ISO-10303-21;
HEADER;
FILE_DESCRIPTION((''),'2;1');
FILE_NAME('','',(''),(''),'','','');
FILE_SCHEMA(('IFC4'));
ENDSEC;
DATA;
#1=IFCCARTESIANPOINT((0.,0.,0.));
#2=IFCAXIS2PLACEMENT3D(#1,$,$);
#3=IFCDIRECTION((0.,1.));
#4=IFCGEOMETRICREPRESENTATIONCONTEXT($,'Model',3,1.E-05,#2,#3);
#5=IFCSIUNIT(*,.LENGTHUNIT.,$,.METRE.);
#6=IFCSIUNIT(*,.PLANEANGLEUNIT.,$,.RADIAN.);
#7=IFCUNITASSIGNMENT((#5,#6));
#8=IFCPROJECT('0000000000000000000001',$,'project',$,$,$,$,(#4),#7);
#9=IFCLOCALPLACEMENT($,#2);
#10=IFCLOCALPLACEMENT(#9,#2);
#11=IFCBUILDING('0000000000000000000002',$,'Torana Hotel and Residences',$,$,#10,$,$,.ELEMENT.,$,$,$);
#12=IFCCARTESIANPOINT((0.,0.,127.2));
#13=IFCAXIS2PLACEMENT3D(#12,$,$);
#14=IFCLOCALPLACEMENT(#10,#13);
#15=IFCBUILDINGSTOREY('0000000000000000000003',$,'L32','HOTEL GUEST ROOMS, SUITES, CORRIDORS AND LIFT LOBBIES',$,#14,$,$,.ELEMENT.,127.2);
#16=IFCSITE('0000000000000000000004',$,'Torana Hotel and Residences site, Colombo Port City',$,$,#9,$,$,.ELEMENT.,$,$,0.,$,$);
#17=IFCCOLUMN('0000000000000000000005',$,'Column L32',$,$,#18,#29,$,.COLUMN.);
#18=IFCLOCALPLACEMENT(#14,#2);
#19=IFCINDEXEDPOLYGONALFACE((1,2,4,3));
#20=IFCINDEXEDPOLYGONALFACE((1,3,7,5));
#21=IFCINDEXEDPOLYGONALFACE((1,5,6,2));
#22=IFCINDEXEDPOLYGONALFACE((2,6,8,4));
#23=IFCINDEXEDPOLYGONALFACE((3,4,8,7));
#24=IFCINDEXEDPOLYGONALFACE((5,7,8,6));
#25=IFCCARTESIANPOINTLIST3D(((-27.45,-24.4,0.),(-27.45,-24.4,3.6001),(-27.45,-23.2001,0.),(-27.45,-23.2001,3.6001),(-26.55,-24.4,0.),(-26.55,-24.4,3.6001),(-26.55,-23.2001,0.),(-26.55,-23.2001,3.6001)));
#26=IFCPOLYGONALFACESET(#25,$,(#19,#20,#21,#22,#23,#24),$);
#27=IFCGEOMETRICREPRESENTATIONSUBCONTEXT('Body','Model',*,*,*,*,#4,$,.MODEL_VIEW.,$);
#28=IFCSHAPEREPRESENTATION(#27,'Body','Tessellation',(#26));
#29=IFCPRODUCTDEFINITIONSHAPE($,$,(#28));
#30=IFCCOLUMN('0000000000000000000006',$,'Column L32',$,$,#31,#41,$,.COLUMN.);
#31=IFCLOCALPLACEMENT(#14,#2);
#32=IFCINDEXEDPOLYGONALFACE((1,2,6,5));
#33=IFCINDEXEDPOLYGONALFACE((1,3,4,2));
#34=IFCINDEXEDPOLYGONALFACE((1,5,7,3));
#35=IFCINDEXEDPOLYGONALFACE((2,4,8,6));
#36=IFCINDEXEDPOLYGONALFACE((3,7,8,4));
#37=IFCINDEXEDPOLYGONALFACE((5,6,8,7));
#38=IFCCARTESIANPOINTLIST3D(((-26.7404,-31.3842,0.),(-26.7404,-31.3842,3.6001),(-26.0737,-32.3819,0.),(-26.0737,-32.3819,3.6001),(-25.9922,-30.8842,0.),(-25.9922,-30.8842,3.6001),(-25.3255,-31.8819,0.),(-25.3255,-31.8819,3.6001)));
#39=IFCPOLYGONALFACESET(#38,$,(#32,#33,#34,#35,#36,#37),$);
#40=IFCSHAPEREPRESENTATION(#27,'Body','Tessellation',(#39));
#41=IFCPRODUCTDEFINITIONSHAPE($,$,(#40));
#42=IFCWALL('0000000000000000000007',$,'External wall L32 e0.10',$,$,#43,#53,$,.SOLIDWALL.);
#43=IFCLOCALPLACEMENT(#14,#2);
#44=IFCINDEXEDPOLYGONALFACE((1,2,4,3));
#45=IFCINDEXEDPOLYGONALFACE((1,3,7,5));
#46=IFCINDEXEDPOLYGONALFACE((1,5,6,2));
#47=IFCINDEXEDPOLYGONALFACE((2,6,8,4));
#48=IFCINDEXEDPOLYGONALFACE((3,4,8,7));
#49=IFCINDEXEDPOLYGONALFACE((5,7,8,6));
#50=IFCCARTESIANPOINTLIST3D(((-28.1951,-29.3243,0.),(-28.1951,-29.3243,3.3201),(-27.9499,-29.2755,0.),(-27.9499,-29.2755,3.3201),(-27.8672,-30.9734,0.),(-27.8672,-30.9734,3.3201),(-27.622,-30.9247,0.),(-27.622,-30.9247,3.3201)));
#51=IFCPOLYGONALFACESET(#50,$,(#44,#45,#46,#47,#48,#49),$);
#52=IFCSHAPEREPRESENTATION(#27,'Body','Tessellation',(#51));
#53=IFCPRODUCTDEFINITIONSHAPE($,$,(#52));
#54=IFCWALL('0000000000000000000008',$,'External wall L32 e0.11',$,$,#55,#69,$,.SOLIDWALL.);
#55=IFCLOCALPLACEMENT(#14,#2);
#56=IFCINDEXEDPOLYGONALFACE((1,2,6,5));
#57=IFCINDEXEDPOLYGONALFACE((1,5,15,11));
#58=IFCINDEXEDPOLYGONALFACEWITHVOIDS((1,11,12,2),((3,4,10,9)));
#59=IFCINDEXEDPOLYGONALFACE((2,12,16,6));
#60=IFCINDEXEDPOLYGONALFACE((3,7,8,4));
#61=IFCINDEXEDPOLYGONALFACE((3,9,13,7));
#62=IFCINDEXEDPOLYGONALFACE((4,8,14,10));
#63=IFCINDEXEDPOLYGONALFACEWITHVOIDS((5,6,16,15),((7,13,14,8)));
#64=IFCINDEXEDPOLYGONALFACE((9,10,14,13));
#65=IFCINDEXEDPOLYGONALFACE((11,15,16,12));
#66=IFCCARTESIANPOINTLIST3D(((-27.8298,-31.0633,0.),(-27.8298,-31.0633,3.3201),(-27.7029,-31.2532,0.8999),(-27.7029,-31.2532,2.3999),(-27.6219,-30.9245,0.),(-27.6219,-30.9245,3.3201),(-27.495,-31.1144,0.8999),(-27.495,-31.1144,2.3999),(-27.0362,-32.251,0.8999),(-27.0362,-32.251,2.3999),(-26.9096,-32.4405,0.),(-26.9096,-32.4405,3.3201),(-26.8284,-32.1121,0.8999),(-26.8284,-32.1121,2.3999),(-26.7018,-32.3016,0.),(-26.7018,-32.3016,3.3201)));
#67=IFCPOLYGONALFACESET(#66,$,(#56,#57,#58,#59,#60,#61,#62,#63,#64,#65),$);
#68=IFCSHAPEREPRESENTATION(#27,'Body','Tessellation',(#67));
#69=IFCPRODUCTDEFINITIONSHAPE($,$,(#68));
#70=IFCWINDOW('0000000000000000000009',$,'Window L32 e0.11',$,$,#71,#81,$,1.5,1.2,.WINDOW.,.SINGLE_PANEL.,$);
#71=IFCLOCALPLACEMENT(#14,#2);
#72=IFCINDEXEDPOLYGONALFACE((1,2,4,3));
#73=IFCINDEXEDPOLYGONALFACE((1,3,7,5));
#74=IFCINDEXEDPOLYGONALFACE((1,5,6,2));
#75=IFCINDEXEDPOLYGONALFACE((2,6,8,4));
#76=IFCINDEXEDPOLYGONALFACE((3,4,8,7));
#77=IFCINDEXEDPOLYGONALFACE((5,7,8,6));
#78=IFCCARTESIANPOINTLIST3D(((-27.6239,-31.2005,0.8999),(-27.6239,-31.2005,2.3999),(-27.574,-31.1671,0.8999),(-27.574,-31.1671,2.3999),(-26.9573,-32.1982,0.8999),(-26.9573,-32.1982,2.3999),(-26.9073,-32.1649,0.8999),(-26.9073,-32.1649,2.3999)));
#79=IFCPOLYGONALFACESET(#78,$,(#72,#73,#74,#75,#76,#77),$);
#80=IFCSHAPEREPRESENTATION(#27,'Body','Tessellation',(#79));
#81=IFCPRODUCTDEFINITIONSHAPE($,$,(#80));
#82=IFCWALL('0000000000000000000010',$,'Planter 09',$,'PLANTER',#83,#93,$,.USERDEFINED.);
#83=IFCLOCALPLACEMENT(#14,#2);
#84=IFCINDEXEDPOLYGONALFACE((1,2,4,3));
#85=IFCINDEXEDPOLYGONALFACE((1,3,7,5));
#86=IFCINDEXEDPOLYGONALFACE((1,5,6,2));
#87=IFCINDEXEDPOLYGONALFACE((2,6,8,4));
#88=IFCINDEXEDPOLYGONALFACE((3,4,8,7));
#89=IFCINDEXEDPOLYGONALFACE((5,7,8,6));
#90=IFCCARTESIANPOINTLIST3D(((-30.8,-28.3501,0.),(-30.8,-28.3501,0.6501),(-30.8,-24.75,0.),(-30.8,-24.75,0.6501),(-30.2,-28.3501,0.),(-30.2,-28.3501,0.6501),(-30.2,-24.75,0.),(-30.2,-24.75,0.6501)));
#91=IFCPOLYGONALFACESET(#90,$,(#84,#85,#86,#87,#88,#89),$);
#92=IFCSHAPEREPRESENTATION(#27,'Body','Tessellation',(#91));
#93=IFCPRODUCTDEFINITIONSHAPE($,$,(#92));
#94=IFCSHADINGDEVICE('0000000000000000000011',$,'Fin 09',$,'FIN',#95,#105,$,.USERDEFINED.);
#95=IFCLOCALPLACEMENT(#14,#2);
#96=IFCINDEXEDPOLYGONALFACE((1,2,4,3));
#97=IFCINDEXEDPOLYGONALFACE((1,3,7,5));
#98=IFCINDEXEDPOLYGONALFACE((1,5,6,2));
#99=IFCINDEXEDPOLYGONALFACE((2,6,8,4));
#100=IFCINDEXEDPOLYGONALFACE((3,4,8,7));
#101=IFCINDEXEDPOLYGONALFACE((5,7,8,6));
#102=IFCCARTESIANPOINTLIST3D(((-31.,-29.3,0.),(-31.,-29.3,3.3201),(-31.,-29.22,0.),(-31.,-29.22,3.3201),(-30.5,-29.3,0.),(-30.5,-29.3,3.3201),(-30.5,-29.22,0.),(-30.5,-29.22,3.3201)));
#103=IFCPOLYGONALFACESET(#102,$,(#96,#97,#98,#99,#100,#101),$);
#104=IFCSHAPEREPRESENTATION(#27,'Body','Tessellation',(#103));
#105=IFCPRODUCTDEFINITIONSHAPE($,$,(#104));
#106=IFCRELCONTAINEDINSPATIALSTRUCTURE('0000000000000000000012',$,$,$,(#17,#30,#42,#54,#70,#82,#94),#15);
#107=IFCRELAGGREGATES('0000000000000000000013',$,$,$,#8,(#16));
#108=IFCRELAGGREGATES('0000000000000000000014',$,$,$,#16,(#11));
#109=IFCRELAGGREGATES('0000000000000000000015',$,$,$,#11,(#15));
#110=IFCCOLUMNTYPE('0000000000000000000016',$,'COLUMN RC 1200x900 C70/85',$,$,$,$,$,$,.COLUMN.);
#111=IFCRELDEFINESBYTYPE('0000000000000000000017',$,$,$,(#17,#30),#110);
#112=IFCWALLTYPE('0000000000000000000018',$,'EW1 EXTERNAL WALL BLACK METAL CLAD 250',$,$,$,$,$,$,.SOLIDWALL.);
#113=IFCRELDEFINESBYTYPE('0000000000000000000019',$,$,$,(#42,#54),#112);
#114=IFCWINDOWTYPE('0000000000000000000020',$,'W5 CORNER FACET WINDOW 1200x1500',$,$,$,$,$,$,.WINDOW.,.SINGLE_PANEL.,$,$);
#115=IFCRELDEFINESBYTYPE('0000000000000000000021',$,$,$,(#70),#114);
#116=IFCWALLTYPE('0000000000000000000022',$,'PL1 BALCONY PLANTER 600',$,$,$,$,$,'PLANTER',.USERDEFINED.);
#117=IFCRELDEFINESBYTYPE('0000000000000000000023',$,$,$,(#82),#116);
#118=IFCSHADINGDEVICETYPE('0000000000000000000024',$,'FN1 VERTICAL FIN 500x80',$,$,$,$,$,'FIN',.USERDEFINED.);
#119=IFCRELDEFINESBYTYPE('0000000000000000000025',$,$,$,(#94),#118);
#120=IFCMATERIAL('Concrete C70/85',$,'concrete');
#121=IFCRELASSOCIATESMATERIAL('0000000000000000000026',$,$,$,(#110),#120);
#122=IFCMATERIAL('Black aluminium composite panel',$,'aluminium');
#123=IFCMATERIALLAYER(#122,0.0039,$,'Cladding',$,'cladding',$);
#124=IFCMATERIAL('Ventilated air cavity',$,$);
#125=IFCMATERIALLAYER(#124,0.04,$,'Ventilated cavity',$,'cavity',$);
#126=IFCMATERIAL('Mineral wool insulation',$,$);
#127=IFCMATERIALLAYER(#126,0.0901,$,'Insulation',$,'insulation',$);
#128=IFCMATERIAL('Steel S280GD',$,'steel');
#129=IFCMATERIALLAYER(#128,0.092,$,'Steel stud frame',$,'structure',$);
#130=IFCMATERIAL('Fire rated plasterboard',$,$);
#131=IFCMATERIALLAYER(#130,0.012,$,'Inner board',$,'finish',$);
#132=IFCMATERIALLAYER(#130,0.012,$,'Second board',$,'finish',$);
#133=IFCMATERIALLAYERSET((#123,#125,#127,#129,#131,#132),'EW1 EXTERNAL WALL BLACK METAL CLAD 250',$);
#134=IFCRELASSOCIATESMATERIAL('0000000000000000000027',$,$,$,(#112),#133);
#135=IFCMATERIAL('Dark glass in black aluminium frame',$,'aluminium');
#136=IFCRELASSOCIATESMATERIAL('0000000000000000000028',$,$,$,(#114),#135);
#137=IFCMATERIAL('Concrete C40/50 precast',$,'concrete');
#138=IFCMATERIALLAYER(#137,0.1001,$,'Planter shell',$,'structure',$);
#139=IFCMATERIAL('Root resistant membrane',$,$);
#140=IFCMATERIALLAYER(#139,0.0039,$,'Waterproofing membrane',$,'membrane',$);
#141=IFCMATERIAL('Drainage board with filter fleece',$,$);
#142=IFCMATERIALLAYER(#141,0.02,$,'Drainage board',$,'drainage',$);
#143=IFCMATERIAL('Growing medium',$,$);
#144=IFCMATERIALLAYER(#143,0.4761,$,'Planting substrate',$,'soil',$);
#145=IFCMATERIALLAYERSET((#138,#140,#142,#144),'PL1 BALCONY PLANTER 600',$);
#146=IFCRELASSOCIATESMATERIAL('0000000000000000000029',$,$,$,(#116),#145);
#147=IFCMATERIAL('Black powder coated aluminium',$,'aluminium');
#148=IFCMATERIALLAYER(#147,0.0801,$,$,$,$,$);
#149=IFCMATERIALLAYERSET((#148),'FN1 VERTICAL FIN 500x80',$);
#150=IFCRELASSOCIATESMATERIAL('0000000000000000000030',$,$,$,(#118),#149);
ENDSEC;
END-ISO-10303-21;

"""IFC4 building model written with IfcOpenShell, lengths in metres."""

from ifc_helpers import new_model, si_unit, direction, frame, frame_2d, origin, origin_2d, place, context, subcontext, project, spatial, rectangle, extrude, material, layer, layer_set, material_profile, profile_set, type_object, element, fill, save


model = new_model("IFC4")

# Units and contexts
model_context = context("Model", 3, precision=1e-05, world=origin(), true_north=direction((0.0, 1.0)))
body_context = subcontext(model_context, "Body", "Model", "MODEL_VIEW")
ifc_project = project(units=[si_unit("LENGTHUNIT", "METRE"), si_unit("PLANEANGLEUNIT", "RADIAN")], contexts=[model_context])

# Site, building, storey
site_placement = place(None, origin())
site = spatial("IfcSite", under=ifc_project, at=site_placement, Name="Torana Hotel and Residences site, Colombo Port City", CompositionType="ELEMENT", RefElevation=0.0)
building_placement = place(site_placement, origin())
building = spatial("IfcBuilding", under=site, at=building_placement, Name="Torana Hotel and Residences", CompositionType="ELEMENT")
storey_placement = place(building_placement, frame((0.0, 0.0, 127.2)))
storey = spatial("IfcBuildingStorey", under=building, at=storey_placement, Name="L32", Description="HOTEL GUEST ROOMS, SUITES, CORRIDORS AND LIFT LOBBIES", CompositionType="ELEMENT", Elevation=127.2)

# Columns
ifc_material_1 = material(Name="Concrete C70/85", Category="concrete")
ifc_material_profile = material_profile(ifc_material_1, rectangle(XDim=1.2, YDim=0.8999, at=origin_2d()), Name="RC 1200x900")
ifc_profile_set = profile_set([ifc_material_profile], Name="Concrete C70/85")
column_type = type_object("IfcColumnType", Name="COLUMN RC 1200x900 C70/85", PredefinedType="COLUMN", material=ifc_profile_set)
for number, where, z_axis, x_axis, name in (
    (1, (-27.0, -23.8, 0.0), (0.0, 0.0, 1.0), (0.0, 1.0, 0.0), "Column L32"),
    (2, (-26.033, -31.6331, 0.0), (0.0, 0.0, 1.0), (-0.555585, 0.83146, 0.0), "Column L32"),
):
    element("IfcColumn", number, at=place(storey_placement, frame(where, z_axis=z_axis, x_axis=x_axis)), inside=storey, type_object=column_type, Name=name, PredefinedType="COLUMN", context=body_context, shape_type="SweptSolid", body=[
        extrude(rectangle(XDim=1.2, YDim=0.8999, at=origin_2d()), origin(), (0.0, 0.0, 1.0), 3.6001),
    ])

# Wall
ifc_material_2 = material(Name="Black aluminium composite panel", Category="aluminium")
ifc_layer_1 = layer(ifc_material_2, 0.0039, Name="Cladding", Category="cladding")
ifc_material_3 = material(Name="Ventilated air cavity")
ifc_layer_2 = layer(ifc_material_3, 0.04, Name="Ventilated cavity", Category="cavity")
ifc_material_4 = material(Name="Mineral wool insulation")
ifc_layer_3 = layer(ifc_material_4, 0.0901, Name="Insulation", Category="insulation")
ifc_material_5 = material(Name="Steel S280GD", Category="steel")
ifc_layer_4 = layer(ifc_material_5, 0.092, Name="Steel stud frame", Category="structure")
ifc_material_6 = material(Name="Fire rated plasterboard")
ifc_layer_5 = layer(ifc_material_6, 0.012, Name="Inner board", Category="finish")
ifc_layer_6 = layer(ifc_material_6, 0.012, Name="Second board", Category="finish")
ifc_layer_set_1 = layer_set([ifc_layer_1, ifc_layer_2, ifc_layer_3, ifc_layer_4, ifc_layer_5, ifc_layer_6], Name="EW1 EXTERNAL WALL BLACK METAL CLAD 250")
wall_type_1 = type_object("IfcWallType", Name="EW1 EXTERNAL WALL BLACK METAL CLAD 250", PredefinedType="SOLIDWALL", material=ifc_layer_set_1)
wall_1_placement = place(storey_placement, frame((-28.0725, -29.2998, 0.0), z_axis=(0.0, 0.0, 1.0), x_axis=(0.194999, -0.980803, 0.0)))
element("IfcWall", 3, at=wall_1_placement, inside=storey, type_object=wall_type_1, Name="External wall L32 e0.10", PredefinedType="SOLIDWALL", context=body_context, shape_type="SweptSolid", body=[
    extrude(rectangle(XDim=1.6814, YDim=0.25, at=frame_2d((0.8408, 0.0))), origin(), (0.0, 0.0, 1.0), 3.3201),
])

# Wall, opening, window
wall_2_placement = place(storey_placement, frame((-27.7258, -30.9939, 0.0), z_axis=(0.0, 0.0, 1.0), x_axis=(0.55555, -0.831483, 0.0)))
wall_2 = element("IfcWall", 4, at=wall_2_placement, inside=storey, type_object=wall_type_1, Name="External wall L32 e0.11", PredefinedType="SOLIDWALL", context=body_context, shape_type="SweptSolid", body=[
    extrude(rectangle(XDim=1.6562, YDim=0.25, at=frame_2d((0.8281, 0.0))), origin(), (0.0, 0.0, 1.0), 3.3201),
])
opening_placement = place(wall_2_placement, frame((0.2283, 0.0, 0.8999)))
opening = element("IfcOpeningElement", 5, at=opening_placement, cuts=wall_2, PredefinedType="OPENING", context=body_context, shape_type="SweptSolid", body=[
    extrude(rectangle(XDim=1.2, YDim=1.5, at=frame_2d((0.6001, 0.75))), frame((0.0, 0.135, 0.0), z_axis=(0.0, -1.0, 0.0), x_axis=(1.0, 0.0, 0.0)), (0.0, 0.0, 1.0), 0.27),
])
ifc_material_7 = material(Name="Dark glass in black aluminium frame", Category="aluminium")
window_type = type_object("IfcWindowType", Name="W5 CORNER FACET WINDOW 1200x1500", PartitioningType="SINGLE_PANEL", PredefinedType="WINDOW", material=ifc_material_7)
window_placement = place(opening_placement, origin())
window = element("IfcWindow", 6, at=window_placement, inside=storey, type_object=window_type, Name="Window L32 e0.11", OverallHeight=1.5, OverallWidth=1.2, PartitioningType="SINGLE_PANEL", PredefinedType="WINDOW", context=body_context, shape_type="SweptSolid", body=[
    extrude(rectangle(XDim=1.2, YDim=1.5, at=frame_2d((0.6001, 0.75))), frame((0.0, 0.03, 0.0), z_axis=(0.0, -1.0, 0.0), x_axis=(1.0, 0.0, 0.0)), (0.0, 0.0, 1.0), 0.0601),
])
fill(opening, window)

# Wall
ifc_material_8 = material(Name="Concrete C40/50 precast", Category="concrete")
ifc_layer_7 = layer(ifc_material_8, 0.1001, Name="Planter shell", Category="structure")
ifc_material_9 = material(Name="Root resistant membrane")
ifc_layer_8 = layer(ifc_material_9, 0.0039, Name="Waterproofing membrane", Category="membrane")
ifc_material_10 = material(Name="Drainage board with filter fleece")
ifc_layer_9 = layer(ifc_material_10, 0.02, Name="Drainage board", Category="drainage")
ifc_material_11 = material(Name="Growing medium")
ifc_layer_10 = layer(ifc_material_11, 0.4761, Name="Planting substrate", Category="soil")
ifc_layer_set_2 = layer_set([ifc_layer_7, ifc_layer_8, ifc_layer_9, ifc_layer_10], Name="PL1 BALCONY PLANTER 600")
wall_type_2 = type_object("IfcWallType", Name="PL1 BALCONY PLANTER 600", ElementType="PLANTER", PredefinedType="USERDEFINED", material=ifc_layer_set_2)
wall_3_placement = place(storey_placement, frame((-30.5, -28.3501, 0.0), z_axis=(0.0, 0.0, 1.0), x_axis=(0.0, 1.0, 0.0)))
element("IfcWall", 7, at=wall_3_placement, inside=storey, type_object=wall_type_2, Name="Planter 09", ObjectType="PLANTER", PredefinedType="USERDEFINED", context=body_context, shape_type="SweptSolid", body=[
    extrude(rectangle(XDim=3.6001, YDim=0.6001, at=frame_2d((1.8, 0.0))), origin(), (0.0, 0.0, 1.0), 0.6501),
])

# Shading device
ifc_material_12 = material(Name="Black powder coated aluminium", Category="aluminium")
ifc_layer_11 = layer(ifc_material_12, 0.0801)
ifc_layer_set_3 = layer_set([ifc_layer_11], Name="FN1 VERTICAL FIN 500x80")
shading_device_type = type_object("IfcShadingDeviceType", Name="FN1 VERTICAL FIN 500x80", ElementType="FIN", PredefinedType="USERDEFINED", material=ifc_layer_set_3)
shading_device_placement = place(storey_placement, frame((-30.75, -29.26, 0.0), z_axis=(0.0, 0.0, 1.0), x_axis=(0.0, 1.0, 0.0)))
element("IfcShadingDevice", 8, at=shading_device_placement, inside=storey, type_object=shading_device_type, Name="Fin 09", ObjectType="FIN", PredefinedType="USERDEFINED", context=body_context, shape_type="SweptSolid", body=[
    extrude(rectangle(XDim=0.0801, YDim=0.5, at=origin_2d()), origin(), (0.0, 0.0, 1.0), 3.3201),
])

save(model, "model.ifc")
